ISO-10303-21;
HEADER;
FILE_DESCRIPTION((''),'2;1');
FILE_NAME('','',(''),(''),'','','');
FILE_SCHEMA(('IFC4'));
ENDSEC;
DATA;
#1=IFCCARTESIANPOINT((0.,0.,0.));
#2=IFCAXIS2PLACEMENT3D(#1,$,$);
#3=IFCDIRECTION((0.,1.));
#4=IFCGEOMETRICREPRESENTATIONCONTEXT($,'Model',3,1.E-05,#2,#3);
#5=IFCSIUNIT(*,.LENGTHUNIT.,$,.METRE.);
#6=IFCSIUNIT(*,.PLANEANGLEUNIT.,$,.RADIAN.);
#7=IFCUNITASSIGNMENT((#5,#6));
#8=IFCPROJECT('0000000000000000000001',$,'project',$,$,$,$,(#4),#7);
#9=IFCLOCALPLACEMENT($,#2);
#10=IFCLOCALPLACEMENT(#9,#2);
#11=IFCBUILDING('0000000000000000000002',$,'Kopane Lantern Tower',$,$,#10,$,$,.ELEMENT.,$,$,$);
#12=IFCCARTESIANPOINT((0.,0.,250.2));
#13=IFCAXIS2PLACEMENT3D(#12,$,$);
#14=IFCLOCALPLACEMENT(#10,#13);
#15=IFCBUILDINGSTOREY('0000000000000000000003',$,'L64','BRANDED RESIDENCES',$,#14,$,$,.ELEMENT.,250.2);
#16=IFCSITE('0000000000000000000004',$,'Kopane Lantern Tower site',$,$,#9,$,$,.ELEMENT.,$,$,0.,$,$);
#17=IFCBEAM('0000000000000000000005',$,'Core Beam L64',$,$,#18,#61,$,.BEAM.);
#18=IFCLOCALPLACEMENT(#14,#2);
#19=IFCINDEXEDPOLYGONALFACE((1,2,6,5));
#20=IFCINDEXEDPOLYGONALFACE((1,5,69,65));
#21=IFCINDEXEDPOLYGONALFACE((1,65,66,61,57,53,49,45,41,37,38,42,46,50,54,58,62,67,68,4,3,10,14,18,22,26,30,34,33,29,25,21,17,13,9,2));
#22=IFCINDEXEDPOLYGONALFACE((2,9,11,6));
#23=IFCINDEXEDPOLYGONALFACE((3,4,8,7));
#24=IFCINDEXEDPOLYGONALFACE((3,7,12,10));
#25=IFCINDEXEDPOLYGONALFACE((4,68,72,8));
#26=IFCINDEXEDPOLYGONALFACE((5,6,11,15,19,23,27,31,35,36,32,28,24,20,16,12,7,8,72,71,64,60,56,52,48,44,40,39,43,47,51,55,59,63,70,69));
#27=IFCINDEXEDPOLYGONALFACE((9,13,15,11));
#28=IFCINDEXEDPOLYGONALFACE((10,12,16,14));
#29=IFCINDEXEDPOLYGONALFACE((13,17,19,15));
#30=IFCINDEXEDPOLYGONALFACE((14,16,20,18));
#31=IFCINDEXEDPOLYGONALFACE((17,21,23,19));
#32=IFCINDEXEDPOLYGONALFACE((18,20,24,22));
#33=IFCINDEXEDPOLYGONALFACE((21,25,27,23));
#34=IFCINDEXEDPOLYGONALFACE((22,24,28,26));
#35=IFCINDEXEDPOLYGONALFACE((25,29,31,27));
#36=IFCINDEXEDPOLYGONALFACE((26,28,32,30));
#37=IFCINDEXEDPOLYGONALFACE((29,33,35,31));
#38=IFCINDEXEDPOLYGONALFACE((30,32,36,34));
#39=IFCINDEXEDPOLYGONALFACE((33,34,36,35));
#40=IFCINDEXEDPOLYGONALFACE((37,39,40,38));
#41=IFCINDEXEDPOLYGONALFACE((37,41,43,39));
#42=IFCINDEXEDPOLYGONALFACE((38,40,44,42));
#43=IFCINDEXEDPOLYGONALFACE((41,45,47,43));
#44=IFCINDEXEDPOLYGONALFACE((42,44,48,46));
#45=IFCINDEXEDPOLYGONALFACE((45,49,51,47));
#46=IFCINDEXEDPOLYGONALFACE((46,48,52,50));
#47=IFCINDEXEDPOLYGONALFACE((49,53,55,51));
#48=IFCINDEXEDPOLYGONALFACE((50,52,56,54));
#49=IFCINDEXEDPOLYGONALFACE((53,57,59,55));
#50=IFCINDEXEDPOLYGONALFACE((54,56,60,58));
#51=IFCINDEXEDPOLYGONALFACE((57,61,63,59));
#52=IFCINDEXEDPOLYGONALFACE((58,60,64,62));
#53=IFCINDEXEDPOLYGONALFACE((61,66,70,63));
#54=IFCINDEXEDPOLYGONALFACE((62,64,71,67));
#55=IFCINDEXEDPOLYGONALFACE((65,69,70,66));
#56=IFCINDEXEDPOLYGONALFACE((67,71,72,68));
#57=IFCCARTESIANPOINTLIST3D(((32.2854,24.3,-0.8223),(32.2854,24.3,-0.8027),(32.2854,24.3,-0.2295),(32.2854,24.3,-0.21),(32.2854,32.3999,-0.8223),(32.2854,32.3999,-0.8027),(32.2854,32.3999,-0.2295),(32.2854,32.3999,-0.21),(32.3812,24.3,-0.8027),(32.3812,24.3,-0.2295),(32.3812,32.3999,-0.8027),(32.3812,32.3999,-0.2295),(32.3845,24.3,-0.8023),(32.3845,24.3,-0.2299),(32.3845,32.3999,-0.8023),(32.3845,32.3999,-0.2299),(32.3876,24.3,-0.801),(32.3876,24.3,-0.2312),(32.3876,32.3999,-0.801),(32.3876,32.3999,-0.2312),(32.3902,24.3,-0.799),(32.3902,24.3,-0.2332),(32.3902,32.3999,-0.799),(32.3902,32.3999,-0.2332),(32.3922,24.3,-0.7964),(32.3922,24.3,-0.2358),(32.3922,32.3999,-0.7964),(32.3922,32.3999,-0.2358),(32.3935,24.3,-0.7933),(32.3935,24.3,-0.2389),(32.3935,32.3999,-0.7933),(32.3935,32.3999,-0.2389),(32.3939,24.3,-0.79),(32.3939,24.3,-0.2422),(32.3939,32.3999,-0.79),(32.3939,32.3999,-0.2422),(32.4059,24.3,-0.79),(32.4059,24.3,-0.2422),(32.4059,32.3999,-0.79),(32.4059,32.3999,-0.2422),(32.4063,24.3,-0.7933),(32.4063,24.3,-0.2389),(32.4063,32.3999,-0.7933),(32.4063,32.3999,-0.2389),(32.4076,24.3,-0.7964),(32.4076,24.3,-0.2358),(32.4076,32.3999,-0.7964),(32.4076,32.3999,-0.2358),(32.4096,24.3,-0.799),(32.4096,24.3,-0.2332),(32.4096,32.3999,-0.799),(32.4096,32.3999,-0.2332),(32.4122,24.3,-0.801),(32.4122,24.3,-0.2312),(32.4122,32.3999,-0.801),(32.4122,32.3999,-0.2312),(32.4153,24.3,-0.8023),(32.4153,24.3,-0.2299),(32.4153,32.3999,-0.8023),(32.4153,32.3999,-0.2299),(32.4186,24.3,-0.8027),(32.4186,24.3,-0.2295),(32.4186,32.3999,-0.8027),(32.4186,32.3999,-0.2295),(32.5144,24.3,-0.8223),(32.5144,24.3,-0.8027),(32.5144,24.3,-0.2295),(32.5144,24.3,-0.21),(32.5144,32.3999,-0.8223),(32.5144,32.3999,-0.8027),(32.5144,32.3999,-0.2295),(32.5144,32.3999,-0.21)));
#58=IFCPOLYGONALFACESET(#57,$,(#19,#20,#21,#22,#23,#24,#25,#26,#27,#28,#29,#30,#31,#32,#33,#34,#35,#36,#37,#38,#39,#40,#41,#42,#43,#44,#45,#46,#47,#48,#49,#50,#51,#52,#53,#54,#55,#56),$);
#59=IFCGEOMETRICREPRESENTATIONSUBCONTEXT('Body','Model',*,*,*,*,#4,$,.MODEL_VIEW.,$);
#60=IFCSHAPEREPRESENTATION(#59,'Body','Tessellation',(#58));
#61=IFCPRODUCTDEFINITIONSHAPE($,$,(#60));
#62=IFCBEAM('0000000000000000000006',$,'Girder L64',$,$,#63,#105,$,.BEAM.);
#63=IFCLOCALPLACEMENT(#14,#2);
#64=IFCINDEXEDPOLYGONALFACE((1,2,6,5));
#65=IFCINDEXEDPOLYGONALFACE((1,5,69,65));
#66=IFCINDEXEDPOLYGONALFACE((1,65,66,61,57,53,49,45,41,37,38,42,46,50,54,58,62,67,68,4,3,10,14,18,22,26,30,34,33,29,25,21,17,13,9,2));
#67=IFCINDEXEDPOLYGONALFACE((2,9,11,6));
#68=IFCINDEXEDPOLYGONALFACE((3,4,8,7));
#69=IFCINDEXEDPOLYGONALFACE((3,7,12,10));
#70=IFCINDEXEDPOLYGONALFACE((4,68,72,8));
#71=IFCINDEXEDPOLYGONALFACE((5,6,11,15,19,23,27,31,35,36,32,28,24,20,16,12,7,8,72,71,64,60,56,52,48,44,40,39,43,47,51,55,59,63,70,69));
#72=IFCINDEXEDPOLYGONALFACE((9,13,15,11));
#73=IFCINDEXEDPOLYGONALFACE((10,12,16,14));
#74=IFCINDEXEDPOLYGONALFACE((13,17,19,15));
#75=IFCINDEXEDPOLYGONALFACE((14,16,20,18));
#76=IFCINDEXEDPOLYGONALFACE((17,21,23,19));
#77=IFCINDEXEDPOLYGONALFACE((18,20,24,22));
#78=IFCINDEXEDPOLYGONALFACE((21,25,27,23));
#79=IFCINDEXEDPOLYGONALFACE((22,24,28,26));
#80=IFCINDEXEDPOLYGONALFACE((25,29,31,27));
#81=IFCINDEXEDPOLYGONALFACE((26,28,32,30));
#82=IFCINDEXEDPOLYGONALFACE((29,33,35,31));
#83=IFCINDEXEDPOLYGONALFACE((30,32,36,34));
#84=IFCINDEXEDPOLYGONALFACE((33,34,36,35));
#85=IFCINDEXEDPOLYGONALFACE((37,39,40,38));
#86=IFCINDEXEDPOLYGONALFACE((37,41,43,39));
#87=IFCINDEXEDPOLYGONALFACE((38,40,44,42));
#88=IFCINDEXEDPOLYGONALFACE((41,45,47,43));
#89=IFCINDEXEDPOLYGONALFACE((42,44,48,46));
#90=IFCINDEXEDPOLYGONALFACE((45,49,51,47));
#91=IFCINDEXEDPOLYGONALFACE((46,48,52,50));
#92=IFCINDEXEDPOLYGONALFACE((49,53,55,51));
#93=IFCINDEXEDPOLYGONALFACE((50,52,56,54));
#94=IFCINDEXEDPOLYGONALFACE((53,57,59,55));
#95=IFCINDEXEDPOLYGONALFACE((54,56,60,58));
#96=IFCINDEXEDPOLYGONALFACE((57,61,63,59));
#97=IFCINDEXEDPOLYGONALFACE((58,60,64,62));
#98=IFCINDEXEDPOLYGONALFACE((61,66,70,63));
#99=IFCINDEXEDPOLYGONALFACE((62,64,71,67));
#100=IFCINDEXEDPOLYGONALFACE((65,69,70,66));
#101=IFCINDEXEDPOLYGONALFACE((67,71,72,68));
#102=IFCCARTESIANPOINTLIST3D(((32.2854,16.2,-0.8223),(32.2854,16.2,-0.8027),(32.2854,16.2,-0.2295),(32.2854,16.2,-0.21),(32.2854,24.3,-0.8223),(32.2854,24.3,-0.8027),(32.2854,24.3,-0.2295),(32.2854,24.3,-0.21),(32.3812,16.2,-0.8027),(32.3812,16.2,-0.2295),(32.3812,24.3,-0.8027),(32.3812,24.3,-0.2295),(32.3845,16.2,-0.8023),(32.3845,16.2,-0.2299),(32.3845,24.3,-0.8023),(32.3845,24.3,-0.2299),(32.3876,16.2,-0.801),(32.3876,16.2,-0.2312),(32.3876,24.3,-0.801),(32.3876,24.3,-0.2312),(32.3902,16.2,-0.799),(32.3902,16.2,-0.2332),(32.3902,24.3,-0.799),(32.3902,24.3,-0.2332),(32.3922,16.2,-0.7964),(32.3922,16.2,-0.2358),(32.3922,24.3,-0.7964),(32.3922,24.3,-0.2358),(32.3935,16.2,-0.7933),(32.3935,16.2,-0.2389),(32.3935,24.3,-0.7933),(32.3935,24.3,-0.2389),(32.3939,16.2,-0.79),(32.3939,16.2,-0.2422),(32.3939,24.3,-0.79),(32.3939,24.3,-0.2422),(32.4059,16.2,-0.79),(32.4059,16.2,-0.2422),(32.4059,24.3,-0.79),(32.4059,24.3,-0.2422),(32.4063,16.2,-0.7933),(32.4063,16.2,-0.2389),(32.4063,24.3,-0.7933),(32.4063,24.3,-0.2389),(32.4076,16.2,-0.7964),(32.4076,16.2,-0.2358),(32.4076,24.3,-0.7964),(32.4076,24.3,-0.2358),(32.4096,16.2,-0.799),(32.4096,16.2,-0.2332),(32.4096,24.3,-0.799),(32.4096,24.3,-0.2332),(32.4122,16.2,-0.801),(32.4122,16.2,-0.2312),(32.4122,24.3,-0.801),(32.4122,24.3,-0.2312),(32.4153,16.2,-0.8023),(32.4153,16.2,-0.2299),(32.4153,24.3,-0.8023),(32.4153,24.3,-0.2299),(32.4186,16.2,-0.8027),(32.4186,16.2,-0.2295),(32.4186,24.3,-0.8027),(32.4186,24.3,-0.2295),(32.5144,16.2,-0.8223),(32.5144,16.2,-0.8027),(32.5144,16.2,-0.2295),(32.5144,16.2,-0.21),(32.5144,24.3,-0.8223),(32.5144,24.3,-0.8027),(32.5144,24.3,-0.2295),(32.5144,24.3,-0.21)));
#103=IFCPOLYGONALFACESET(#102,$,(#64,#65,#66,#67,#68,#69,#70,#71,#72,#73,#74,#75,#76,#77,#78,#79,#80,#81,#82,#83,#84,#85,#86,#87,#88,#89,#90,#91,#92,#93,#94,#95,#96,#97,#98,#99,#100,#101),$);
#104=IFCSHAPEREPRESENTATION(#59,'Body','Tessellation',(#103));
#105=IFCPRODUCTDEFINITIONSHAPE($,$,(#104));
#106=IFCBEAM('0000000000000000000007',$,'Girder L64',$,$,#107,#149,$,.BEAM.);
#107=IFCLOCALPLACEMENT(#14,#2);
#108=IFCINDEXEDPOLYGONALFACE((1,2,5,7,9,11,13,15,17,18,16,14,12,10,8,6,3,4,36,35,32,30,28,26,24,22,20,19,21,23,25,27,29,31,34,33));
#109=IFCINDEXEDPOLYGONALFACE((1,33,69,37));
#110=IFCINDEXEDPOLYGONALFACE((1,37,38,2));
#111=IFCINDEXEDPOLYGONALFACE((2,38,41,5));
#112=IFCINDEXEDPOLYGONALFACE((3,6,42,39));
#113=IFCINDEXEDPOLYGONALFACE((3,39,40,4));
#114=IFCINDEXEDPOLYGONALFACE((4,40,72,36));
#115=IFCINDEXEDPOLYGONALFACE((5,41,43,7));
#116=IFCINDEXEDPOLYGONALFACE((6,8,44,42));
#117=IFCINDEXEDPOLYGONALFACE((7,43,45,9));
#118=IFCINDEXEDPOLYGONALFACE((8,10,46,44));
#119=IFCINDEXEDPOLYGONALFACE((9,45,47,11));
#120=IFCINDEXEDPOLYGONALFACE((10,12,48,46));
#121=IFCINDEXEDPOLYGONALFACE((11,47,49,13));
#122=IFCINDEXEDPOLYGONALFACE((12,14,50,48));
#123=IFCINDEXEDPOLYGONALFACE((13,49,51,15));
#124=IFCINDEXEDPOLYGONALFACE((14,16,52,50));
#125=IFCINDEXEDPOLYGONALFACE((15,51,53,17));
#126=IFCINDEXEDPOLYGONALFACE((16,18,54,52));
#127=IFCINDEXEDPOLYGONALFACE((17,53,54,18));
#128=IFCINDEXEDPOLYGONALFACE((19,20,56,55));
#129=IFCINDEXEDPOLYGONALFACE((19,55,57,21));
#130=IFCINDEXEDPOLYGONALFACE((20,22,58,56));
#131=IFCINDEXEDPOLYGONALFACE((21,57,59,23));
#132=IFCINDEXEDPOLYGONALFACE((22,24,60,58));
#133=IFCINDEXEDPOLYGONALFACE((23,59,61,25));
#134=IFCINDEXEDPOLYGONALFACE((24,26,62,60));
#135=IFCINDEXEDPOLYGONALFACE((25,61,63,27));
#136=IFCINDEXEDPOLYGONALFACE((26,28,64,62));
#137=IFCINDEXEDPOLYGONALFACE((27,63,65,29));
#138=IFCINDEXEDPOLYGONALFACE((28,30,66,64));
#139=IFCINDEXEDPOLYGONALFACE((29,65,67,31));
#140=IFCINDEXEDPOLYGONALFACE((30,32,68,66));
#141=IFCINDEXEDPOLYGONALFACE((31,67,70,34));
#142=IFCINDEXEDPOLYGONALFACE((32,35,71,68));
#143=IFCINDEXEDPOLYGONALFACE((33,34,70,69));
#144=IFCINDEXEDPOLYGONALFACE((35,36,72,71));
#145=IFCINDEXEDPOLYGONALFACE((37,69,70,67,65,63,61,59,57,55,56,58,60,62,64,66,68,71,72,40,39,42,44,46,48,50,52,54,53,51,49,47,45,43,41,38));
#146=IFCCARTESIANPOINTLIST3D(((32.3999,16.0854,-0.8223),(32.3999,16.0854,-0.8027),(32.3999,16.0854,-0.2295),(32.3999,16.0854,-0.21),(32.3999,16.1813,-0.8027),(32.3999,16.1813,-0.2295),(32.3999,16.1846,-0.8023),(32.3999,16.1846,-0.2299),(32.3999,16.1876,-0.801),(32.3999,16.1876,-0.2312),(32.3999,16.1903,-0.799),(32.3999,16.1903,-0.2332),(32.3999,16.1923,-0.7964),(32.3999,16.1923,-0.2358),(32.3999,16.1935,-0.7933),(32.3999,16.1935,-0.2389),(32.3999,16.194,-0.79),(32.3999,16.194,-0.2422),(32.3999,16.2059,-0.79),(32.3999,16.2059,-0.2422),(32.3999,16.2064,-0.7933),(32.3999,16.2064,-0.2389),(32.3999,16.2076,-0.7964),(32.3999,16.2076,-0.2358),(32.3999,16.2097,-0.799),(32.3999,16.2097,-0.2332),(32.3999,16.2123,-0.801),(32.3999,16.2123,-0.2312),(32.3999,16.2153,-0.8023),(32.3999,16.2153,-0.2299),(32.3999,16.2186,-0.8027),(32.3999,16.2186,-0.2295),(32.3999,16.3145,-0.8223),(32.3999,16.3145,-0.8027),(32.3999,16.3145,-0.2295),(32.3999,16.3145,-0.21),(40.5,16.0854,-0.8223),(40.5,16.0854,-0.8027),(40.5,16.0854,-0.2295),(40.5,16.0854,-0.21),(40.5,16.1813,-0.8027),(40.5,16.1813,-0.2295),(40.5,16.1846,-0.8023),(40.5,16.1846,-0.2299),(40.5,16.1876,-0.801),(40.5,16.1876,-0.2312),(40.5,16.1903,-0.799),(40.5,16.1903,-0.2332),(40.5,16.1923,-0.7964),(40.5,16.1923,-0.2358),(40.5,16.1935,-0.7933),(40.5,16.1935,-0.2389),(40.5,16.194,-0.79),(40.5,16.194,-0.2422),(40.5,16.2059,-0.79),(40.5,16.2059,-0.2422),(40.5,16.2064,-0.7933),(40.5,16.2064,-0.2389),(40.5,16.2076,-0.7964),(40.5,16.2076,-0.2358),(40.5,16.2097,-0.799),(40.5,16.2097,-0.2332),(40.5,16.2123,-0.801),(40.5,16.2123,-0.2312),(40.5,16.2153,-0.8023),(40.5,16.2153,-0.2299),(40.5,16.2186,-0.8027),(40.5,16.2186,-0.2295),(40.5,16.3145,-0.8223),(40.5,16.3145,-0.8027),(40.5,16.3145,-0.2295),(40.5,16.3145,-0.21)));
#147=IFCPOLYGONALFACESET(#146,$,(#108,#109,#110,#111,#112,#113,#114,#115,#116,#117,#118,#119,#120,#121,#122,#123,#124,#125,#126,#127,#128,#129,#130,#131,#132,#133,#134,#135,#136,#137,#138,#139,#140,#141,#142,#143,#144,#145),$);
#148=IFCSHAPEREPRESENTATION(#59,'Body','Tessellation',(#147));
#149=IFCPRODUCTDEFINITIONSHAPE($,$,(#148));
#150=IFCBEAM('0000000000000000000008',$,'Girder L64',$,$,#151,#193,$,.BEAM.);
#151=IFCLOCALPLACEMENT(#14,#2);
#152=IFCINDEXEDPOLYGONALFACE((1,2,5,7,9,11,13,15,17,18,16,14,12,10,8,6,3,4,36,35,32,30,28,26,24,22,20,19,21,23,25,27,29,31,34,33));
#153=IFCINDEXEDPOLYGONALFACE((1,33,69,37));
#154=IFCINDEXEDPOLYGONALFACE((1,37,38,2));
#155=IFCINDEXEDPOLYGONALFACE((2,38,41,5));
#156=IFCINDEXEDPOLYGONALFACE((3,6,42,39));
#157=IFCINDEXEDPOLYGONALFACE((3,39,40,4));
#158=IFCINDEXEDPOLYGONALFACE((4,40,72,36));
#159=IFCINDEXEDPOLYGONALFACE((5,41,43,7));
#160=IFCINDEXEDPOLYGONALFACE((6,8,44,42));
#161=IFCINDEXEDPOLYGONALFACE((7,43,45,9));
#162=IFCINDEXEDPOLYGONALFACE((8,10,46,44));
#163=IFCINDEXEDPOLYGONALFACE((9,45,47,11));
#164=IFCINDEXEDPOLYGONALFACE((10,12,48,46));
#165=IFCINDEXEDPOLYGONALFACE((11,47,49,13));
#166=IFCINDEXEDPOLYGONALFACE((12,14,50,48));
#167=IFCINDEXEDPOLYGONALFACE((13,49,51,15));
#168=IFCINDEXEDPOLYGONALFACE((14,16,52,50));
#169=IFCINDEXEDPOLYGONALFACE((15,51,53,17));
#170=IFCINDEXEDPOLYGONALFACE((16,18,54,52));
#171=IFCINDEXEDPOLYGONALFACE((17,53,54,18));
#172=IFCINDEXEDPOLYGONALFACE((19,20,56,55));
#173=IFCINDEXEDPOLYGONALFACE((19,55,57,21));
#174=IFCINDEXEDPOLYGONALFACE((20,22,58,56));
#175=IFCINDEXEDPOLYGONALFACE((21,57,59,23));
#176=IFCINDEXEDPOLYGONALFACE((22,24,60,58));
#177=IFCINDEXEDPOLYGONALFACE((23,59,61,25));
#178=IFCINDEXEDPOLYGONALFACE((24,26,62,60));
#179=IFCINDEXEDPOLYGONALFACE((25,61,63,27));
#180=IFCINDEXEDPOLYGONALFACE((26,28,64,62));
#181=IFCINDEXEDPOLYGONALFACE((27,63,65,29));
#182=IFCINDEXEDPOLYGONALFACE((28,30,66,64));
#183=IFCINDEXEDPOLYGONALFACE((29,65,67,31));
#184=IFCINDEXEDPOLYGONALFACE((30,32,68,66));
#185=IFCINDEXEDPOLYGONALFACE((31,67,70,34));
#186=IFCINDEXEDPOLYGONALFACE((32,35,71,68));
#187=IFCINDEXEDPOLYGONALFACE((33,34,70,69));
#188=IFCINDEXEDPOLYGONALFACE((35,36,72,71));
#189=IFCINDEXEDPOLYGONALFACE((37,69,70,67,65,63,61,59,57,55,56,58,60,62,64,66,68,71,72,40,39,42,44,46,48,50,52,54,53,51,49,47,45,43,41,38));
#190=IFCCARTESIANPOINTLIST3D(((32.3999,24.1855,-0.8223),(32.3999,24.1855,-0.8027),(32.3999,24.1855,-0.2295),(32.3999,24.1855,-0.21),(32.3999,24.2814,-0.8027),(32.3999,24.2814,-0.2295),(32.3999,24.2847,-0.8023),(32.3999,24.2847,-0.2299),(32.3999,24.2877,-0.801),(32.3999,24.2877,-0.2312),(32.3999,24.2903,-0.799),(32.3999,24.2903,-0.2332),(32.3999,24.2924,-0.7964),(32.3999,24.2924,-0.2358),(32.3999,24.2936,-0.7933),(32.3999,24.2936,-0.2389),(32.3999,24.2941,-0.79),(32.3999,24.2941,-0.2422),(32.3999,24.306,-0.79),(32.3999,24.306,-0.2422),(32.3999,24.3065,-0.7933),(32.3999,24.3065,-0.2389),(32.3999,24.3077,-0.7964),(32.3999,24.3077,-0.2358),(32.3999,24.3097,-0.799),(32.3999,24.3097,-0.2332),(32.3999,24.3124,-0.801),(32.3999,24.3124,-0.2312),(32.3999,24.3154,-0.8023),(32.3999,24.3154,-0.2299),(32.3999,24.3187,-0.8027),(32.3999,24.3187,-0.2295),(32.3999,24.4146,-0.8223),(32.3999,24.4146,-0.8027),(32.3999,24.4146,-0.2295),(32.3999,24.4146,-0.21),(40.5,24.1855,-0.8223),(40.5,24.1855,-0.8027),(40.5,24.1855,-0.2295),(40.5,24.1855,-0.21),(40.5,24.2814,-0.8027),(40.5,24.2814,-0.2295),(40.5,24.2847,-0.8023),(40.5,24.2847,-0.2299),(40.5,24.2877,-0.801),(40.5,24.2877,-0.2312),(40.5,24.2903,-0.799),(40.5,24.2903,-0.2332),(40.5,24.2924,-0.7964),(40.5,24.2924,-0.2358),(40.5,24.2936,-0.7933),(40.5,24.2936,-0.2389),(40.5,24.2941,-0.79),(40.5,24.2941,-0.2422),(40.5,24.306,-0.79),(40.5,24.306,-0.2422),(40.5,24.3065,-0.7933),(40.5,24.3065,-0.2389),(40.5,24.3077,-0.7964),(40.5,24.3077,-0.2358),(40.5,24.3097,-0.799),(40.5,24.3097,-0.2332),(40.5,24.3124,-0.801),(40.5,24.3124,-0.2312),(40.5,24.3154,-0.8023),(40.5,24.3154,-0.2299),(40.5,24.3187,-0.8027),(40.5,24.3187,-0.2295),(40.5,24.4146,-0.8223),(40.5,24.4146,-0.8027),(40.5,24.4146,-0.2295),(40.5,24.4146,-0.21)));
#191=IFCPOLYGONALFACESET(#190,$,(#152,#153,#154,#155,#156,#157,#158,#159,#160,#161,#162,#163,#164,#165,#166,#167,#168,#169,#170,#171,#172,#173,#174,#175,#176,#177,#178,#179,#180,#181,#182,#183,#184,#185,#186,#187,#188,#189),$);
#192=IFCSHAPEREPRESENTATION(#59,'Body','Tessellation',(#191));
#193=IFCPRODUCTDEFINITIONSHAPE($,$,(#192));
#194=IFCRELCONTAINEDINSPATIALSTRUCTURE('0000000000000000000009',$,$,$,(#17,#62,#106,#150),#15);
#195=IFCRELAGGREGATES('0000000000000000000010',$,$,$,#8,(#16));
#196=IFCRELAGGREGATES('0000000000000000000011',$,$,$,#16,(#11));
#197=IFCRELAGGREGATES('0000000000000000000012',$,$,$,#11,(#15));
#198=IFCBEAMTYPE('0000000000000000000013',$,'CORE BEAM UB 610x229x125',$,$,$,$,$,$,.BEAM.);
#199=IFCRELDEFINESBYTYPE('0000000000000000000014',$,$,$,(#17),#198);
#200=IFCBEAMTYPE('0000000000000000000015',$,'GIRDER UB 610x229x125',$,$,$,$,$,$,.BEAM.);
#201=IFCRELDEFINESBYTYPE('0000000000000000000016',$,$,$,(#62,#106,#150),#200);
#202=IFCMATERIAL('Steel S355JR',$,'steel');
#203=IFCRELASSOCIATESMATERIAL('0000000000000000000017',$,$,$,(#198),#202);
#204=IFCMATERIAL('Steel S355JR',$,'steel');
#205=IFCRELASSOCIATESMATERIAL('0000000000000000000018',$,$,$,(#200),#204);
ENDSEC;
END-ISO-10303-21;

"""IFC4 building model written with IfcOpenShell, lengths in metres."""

from ifc_helpers import new_model, si_unit, direction, frame, origin, origin_2d, place, context, subcontext, project, spatial, i_section, extrude, material, material_profile, profile_set, type_object, element, save


model = new_model("IFC4")

# Units and contexts
model_context = context("Model", 3, precision=1e-05, world=origin(), true_north=direction((0.0, 1.0)))
body_context = subcontext(model_context, "Body", "Model", "MODEL_VIEW")
ifc_project = project(units=[si_unit("LENGTHUNIT", "METRE"), si_unit("PLANEANGLEUNIT", "RADIAN")], contexts=[model_context])

# Site, building, storey
site_placement = place(None, origin())
site = spatial("IfcSite", under=ifc_project, at=site_placement, Name="Kopane Lantern Tower site", CompositionType="ELEMENT", RefElevation=0.0)
building_placement = place(site_placement, origin())
building = spatial("IfcBuilding", under=site, at=building_placement, Name="Kopane Lantern Tower", CompositionType="ELEMENT")
storey_placement = place(building_placement, frame((0.0, 0.0, 250.2)))
storey = spatial("IfcBuildingStorey", under=building, at=storey_placement, Name="L64", Description="BRANDED RESIDENCES", CompositionType="ELEMENT", Elevation=250.2)

# Beams
ifc_material_1 = material(Name="Steel S355JR", Category="steel")
ifc_material_profile_1 = material_profile(ifc_material_1, i_section(OverallWidth=0.229, OverallDepth=0.6123, WebThickness=0.012, FlangeThickness=0.0195, FilletRadius=0.0127, at=origin_2d()), Name="UB 610x229x125")
ifc_profile_set_1 = profile_set([ifc_material_profile_1], Name="Steel S355JR")
beam_type_1 = type_object("IfcBeamType", Name="CORE BEAM UB 610x229x125", PredefinedType="BEAM", material=ifc_profile_set_1)
beam_placement = place(storey_placement, frame((32.3999, 24.3, -0.5161), z_axis=(0.0, 1.0, 0.0), x_axis=(-1.0, 0.0, 0.0)))
element("IfcBeam", 1, at=beam_placement, inside=storey, type_object=beam_type_1, Name="Core Beam L64", PredefinedType="BEAM", context=body_context, shape_type="SweptSolid", body=[
    extrude(i_section(OverallWidth=0.229, OverallDepth=0.6123, WebThickness=0.012, FlangeThickness=0.0195, FilletRadius=0.0127, at=origin_2d()), origin(), (0.0, 0.0, 1.0), 8.0999),
])
ifc_material_2 = material(Name="Steel S355JR", Category="steel")
ifc_material_profile_2 = material_profile(ifc_material_2, i_section(OverallWidth=0.229, OverallDepth=0.6123, WebThickness=0.012, FlangeThickness=0.0195, FilletRadius=0.0127, at=origin_2d()), Name="UB 610x229x125")
ifc_profile_set_2 = profile_set([ifc_material_profile_2], Name="Steel S355JR")
beam_type_2 = type_object("IfcBeamType", Name="GIRDER UB 610x229x125", PredefinedType="BEAM", material=ifc_profile_set_2)
for number, where, z_axis, x_axis, name in (
    (2, (32.3999, 16.2, -0.5161), (0.0, 1.0, 0.0), (-1.0, 0.0, 0.0), "Girder L64"),
    (3, (32.3999, 16.2, -0.5161), (1.0, 0.0, 0.0), (0.0, 1.0, 0.0), "Girder L64"),
    (4, (32.3999, 24.3, -0.5161), (1.0, 0.0, 0.0), (0.0, 1.0, 0.0), "Girder L64"),
):
    element("IfcBeam", number, at=place(storey_placement, frame(where, z_axis=z_axis, x_axis=x_axis)), inside=storey, type_object=beam_type_2, Name=name, PredefinedType="BEAM", context=body_context, shape_type="SweptSolid", body=[
        extrude(i_section(OverallWidth=0.229, OverallDepth=0.6123, WebThickness=0.012, FlangeThickness=0.0195, FilletRadius=0.0127, at=origin_2d()), origin(), (0.0, 0.0, 1.0), 8.1001),
    ])

save(model, "model.ifc")
